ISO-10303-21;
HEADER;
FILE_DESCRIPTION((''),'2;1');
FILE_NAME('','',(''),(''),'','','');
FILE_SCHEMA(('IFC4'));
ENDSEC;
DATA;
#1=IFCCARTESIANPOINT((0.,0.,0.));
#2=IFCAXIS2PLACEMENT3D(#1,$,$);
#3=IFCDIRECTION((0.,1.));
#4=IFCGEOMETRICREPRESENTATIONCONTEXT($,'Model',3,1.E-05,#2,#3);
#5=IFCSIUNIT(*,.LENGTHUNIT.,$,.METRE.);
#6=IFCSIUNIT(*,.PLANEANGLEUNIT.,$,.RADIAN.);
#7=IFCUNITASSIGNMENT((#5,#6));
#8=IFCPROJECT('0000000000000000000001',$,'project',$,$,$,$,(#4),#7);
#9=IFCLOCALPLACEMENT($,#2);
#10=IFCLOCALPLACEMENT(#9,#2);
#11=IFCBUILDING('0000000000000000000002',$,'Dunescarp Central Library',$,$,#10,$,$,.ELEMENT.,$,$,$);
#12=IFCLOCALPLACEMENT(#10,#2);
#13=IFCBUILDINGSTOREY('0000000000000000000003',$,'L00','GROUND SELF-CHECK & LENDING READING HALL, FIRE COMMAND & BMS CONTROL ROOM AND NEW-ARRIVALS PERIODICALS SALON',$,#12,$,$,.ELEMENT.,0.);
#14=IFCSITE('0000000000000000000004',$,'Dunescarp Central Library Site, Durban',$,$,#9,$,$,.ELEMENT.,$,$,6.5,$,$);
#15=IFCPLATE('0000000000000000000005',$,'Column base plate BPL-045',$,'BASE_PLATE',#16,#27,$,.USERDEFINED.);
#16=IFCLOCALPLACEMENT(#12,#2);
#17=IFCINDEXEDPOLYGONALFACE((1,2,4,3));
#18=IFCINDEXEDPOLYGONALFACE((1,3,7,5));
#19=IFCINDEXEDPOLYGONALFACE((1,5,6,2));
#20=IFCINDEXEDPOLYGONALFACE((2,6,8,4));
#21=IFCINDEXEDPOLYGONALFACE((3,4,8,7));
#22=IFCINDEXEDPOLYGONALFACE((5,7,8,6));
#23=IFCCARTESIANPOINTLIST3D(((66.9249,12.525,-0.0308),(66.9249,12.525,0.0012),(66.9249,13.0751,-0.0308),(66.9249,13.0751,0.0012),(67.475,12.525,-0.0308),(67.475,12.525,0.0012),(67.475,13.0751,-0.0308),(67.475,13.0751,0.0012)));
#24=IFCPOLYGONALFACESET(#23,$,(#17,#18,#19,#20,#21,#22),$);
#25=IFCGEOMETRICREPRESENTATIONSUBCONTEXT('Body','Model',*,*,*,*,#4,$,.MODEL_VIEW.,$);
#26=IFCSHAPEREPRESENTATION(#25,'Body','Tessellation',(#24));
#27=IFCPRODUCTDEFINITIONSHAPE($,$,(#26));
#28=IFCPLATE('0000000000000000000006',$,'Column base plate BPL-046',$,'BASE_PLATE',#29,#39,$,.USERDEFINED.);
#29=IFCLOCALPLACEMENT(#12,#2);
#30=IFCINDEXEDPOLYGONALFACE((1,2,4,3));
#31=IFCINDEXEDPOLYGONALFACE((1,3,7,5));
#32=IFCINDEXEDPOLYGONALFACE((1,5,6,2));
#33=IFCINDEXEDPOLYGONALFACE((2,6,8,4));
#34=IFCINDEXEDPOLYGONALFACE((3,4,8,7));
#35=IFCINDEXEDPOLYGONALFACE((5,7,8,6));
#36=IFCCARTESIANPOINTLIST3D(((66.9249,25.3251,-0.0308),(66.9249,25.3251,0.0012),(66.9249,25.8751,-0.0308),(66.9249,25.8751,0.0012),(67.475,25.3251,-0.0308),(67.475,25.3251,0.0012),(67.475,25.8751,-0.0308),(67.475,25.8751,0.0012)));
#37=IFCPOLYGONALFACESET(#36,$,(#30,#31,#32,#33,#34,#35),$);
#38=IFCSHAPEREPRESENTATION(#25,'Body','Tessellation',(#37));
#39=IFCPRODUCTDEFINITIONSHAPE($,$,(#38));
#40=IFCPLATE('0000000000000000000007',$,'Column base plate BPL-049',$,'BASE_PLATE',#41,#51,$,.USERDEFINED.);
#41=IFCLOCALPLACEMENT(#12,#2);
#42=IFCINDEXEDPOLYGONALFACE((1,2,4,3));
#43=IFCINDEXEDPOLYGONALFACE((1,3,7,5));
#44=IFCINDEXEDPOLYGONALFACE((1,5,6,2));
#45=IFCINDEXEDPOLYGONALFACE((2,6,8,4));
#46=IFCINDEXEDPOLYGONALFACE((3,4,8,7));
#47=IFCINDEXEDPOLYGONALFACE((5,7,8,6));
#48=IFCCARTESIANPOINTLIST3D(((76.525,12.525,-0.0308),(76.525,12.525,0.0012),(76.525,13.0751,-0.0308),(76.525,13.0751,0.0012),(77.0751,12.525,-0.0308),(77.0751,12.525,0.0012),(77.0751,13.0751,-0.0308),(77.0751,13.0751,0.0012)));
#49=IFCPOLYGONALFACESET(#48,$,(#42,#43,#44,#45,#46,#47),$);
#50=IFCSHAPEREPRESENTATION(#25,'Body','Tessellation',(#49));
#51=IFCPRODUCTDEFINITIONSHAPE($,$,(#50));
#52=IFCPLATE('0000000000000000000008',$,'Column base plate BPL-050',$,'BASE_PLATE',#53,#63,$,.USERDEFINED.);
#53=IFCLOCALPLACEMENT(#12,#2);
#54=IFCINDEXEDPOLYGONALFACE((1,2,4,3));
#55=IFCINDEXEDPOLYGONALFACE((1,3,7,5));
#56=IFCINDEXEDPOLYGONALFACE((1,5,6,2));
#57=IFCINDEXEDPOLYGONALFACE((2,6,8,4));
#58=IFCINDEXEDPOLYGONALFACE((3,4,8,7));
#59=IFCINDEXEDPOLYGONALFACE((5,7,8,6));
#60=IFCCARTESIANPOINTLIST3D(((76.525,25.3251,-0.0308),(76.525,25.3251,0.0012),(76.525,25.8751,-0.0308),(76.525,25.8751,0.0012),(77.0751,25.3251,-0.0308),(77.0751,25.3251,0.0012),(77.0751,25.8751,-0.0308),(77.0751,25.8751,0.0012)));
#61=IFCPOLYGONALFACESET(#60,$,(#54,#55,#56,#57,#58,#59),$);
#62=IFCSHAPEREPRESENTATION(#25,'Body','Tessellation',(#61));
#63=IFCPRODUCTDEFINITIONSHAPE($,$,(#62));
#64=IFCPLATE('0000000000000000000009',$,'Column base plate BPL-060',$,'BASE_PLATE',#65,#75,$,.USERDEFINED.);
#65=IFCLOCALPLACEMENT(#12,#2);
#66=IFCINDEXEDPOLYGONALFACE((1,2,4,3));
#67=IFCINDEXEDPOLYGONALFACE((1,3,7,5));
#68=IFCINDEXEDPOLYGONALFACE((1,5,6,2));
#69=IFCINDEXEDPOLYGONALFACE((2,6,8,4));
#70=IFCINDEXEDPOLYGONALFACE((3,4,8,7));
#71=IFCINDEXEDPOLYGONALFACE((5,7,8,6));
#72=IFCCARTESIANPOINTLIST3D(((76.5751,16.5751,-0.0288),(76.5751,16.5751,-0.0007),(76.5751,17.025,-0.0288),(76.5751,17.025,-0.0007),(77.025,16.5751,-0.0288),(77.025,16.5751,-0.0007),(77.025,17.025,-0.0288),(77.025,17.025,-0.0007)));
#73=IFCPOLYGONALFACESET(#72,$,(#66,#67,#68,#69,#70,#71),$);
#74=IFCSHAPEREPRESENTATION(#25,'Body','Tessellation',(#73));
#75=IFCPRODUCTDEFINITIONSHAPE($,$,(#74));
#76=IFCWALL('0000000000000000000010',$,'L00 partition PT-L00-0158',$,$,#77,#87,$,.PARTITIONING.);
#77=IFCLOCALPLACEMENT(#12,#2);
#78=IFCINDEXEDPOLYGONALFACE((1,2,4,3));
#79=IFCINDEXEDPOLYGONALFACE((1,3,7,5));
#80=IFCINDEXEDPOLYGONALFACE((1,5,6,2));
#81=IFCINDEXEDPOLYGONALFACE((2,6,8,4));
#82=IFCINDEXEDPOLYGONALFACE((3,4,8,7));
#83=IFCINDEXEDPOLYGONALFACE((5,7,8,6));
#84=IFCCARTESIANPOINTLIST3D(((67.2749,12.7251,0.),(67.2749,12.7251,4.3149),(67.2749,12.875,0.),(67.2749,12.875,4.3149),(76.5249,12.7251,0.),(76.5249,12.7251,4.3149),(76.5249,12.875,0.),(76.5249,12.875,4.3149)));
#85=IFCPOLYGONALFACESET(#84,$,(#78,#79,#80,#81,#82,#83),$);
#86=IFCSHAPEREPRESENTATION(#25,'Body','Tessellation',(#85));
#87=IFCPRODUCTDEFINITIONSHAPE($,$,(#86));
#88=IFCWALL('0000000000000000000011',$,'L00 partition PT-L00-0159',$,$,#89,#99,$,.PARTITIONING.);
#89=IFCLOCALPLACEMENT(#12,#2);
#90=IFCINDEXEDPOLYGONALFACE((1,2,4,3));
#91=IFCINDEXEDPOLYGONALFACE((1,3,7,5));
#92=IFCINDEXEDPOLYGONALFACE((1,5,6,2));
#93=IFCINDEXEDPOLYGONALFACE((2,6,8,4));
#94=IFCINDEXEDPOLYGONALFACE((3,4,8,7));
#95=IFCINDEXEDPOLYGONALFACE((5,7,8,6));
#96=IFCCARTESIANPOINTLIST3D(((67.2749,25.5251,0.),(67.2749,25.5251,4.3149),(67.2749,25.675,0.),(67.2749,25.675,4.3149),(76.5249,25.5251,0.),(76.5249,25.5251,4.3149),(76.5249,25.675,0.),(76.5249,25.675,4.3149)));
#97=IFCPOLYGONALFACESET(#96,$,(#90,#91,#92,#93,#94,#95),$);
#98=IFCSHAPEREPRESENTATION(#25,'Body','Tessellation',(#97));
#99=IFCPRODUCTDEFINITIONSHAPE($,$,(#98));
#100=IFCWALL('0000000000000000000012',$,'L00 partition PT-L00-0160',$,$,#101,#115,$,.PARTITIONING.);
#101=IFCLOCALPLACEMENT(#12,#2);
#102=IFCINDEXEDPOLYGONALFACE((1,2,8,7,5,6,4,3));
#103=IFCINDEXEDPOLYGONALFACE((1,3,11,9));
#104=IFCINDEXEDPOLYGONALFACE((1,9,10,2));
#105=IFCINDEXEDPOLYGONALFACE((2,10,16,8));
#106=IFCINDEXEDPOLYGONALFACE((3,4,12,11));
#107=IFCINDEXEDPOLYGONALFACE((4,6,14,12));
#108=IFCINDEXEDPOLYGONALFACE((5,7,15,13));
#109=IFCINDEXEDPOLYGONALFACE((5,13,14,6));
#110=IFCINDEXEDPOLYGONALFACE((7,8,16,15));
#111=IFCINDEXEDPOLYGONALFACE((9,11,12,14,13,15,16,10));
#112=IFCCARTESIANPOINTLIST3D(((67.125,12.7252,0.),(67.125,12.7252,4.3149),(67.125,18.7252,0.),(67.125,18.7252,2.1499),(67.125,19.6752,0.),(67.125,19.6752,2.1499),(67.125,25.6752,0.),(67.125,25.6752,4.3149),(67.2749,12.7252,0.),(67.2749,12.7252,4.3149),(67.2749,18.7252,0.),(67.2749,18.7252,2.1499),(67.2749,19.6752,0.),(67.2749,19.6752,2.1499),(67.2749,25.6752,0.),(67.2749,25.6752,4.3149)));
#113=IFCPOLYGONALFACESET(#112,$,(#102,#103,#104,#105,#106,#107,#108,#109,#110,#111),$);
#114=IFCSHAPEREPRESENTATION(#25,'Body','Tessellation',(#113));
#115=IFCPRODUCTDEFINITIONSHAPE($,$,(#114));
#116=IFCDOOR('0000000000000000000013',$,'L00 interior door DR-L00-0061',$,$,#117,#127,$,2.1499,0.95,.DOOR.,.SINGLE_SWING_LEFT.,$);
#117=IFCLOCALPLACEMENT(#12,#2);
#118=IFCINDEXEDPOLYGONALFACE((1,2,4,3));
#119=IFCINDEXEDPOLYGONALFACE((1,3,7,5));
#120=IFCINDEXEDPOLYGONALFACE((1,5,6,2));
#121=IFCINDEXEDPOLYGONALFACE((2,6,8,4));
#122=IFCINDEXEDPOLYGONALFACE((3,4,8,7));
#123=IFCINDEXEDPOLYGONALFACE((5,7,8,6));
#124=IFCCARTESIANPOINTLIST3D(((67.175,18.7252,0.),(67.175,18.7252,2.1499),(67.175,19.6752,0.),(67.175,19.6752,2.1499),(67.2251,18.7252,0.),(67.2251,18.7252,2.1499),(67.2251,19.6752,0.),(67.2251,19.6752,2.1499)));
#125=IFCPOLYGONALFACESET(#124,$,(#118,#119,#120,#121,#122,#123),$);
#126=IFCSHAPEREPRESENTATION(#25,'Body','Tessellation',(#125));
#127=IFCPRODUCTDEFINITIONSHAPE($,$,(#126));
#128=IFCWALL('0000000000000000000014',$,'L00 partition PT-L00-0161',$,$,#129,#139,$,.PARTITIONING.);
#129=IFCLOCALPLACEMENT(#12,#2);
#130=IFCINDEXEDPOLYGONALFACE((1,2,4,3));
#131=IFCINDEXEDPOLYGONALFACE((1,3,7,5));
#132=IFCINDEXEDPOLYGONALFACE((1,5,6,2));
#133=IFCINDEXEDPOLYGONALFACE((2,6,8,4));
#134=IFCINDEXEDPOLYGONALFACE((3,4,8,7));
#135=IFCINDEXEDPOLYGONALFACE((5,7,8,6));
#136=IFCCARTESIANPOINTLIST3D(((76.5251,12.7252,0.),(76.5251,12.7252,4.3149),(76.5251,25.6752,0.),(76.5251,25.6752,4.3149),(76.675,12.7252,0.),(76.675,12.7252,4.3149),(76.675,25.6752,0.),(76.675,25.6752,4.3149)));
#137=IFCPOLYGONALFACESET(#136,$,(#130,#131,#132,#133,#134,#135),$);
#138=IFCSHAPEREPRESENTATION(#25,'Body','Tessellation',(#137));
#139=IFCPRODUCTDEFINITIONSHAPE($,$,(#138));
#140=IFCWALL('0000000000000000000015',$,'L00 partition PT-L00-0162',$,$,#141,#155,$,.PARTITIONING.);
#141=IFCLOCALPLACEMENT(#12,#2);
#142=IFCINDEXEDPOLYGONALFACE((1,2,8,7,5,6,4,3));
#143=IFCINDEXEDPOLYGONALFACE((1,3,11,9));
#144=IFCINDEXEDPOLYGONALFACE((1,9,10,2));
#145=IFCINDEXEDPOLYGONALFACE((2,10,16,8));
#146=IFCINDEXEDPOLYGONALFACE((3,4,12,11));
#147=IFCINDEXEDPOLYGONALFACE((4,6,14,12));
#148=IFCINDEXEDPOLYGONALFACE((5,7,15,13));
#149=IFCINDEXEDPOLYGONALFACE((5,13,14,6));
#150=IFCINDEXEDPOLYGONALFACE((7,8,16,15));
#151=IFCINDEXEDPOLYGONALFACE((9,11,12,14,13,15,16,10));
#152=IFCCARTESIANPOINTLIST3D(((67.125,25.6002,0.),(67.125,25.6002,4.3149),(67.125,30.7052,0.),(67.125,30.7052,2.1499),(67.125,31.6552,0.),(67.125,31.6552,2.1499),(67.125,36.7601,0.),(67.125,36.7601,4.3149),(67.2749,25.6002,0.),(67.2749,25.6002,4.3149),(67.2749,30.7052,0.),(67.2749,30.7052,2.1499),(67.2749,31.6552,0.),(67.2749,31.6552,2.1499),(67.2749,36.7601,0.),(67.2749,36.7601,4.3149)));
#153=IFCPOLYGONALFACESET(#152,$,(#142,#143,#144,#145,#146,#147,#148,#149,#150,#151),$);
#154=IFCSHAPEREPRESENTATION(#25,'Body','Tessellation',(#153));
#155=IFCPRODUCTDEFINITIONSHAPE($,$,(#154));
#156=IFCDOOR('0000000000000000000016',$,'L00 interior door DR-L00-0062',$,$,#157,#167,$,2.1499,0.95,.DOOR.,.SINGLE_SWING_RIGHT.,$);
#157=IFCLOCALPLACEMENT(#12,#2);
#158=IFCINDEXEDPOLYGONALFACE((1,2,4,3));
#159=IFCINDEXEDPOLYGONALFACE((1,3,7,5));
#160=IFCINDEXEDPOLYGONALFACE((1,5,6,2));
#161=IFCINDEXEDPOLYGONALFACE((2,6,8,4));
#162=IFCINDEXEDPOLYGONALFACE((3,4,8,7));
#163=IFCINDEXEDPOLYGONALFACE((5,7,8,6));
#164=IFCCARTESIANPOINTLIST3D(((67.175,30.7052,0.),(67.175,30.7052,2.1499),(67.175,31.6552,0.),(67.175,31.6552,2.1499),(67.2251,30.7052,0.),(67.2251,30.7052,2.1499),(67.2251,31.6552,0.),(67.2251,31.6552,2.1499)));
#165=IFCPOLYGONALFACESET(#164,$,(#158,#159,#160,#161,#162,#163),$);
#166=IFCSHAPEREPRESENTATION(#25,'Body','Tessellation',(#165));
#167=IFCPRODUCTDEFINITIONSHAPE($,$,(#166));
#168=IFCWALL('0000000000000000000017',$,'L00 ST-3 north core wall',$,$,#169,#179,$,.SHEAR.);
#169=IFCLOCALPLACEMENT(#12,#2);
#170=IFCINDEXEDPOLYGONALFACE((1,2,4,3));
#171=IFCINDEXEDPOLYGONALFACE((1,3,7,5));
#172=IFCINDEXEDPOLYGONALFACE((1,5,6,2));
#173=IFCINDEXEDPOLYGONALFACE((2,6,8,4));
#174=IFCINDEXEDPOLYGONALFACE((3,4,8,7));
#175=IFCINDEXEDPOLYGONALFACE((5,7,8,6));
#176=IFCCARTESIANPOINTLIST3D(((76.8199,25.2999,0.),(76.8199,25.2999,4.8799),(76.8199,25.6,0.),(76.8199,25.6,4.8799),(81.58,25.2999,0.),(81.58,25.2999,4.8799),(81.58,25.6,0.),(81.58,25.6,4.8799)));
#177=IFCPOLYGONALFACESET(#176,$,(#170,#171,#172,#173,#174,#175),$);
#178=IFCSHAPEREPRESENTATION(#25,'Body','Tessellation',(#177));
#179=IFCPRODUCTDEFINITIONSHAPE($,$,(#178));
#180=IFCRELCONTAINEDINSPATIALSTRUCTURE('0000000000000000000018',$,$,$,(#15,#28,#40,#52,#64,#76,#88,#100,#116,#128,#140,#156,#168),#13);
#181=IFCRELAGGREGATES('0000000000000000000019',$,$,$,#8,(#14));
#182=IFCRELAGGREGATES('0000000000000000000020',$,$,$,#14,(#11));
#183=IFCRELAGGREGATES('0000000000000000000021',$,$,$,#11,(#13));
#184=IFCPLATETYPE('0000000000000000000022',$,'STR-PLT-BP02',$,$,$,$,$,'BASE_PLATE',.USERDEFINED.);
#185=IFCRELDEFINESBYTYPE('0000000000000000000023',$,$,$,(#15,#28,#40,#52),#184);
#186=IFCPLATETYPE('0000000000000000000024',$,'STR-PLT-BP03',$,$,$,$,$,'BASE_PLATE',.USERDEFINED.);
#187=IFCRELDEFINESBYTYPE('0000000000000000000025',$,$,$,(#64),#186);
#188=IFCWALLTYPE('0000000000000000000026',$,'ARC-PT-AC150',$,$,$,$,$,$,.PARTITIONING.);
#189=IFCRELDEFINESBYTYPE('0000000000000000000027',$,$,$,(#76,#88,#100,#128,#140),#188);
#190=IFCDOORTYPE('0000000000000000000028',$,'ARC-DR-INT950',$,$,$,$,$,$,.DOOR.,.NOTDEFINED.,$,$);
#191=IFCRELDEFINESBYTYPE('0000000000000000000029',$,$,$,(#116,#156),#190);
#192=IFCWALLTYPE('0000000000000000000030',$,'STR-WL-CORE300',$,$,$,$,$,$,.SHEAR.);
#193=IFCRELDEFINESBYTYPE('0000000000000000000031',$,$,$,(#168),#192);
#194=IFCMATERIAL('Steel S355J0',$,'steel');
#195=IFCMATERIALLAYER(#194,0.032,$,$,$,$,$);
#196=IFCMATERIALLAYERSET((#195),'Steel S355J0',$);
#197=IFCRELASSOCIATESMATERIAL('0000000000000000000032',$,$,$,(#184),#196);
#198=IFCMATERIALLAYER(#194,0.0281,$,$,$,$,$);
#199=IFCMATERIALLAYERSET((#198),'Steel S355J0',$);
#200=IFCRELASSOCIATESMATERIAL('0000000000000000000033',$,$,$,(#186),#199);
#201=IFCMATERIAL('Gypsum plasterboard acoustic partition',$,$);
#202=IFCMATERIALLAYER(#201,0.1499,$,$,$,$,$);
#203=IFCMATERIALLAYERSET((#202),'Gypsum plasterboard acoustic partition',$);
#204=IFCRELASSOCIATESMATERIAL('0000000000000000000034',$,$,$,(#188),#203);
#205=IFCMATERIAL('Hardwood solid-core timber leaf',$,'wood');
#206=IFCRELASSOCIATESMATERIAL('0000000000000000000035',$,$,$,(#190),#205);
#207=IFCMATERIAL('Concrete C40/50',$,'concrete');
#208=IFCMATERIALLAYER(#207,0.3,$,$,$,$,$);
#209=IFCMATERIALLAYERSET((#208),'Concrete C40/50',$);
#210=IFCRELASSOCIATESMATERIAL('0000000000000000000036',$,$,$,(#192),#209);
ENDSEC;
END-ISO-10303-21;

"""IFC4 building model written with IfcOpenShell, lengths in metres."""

from ifc_helpers import new_model, si_unit, direction, frame, frame_2d, origin, origin_2d, place, context, subcontext, project, spatial, rectangle, extrude, material, layer, layer_set, type_object, element, fill, save


model = new_model("IFC4")

# Units and contexts
model_context = context("Model", 3, precision=1e-05, world=origin(), true_north=direction((0.0, 1.0)))
body_context = subcontext(model_context, "Body", "Model", "MODEL_VIEW")
ifc_project = project(units=[si_unit("LENGTHUNIT", "METRE"), si_unit("PLANEANGLEUNIT", "RADIAN")], contexts=[model_context])

# Site, building, storey
site_placement = place(None, origin())
site = spatial("IfcSite", under=ifc_project, at=site_placement, Name="Dunescarp Central Library Site, Durban", CompositionType="ELEMENT", RefElevation=6.5)
building_placement = place(site_placement, origin())
building = spatial("IfcBuilding", under=site, at=building_placement, Name="Dunescarp Central Library", CompositionType="ELEMENT")
storey_placement = place(building_placement, origin())
storey = spatial("IfcBuildingStorey", under=building, at=storey_placement, Name="L00", Description="GROUND SELF-CHECK & LENDING READING HALL, FIRE COMMAND & BMS CONTROL ROOM AND NEW-ARRIVALS PERIODICALS SALON", CompositionType="ELEMENT", Elevation=0.0)

# Shared definitions
ifc_material_1 = material(Name="Concrete C40/50", Category="concrete")

# Plates
ifc_material_2 = material(Name="Steel S355J0", Category="steel")
ifc_layer_1 = layer(ifc_material_2, 0.032)
ifc_layer_set_1 = layer_set([ifc_layer_1], Name="Steel S355J0")
plate_type_1 = type_object("IfcPlateType", Name="STR-PLT-BP02", ElementType="BASE_PLATE", PredefinedType="USERDEFINED", material=ifc_layer_set_1)
for number, where, z_axis, x_axis, name in (
    (1, (67.2, 12.8, -0.0308), (0.0, 0.0, 1.0), (1.0, 0.0, 0.0), "Column base plate BPL-045"),
    (2, (67.2, 25.6001, -0.0308), (0.0, 0.0, 1.0), (1.0, 0.0, 0.0), "Column base plate BPL-046"),
    (3, (76.8, 12.8, -0.0308), (0.0, 0.0, 1.0), (1.0, 0.0, 0.0), "Column base plate BPL-049"),
    (4, (76.8, 25.6001, -0.0308), (0.0, 0.0, 1.0), (1.0, 0.0, 0.0), "Column base plate BPL-050"),
):
    element("IfcPlate", number, at=place(storey_placement, frame(where, z_axis=z_axis, x_axis=x_axis)), inside=storey, type_object=plate_type_1, Name=name, ObjectType="BASE_PLATE", PredefinedType="USERDEFINED", context=body_context, shape_type="SweptSolid", body=[
        extrude(rectangle(XDim=0.55, YDim=0.55, at=origin_2d()), origin(), (0.0, 0.0, 1.0), 0.032),
    ])
ifc_layer_2 = layer(ifc_material_2, 0.0281)
ifc_layer_set_2 = layer_set([ifc_layer_2], Name="Steel S355J0")
plate_type_2 = type_object("IfcPlateType", Name="STR-PLT-BP03", ElementType="BASE_PLATE", PredefinedType="USERDEFINED", material=ifc_layer_set_2)
plate_placement = place(storey_placement, frame((76.8, 16.8, -0.0288), z_axis=(0.0, 0.0, 1.0), x_axis=(1.0, 0.0, 0.0)))
element("IfcPlate", 5, at=plate_placement, inside=storey, type_object=plate_type_2, Name="Column base plate BPL-060", ObjectType="BASE_PLATE", PredefinedType="USERDEFINED", context=body_context, shape_type="SweptSolid", body=[
    extrude(rectangle(XDim=0.45, YDim=0.45, at=origin_2d()), origin(), (0.0, 0.0, 1.0), 0.0281),
])

# Walls
ifc_material_3 = material(Name="Gypsum plasterboard acoustic partition")
ifc_layer_3 = layer(ifc_material_3, 0.1499)
ifc_layer_set_3 = layer_set([ifc_layer_3], Name="Gypsum plasterboard acoustic partition")
wall_type_1 = type_object("IfcWallType", Name="ARC-PT-AC150", PredefinedType="PARTITIONING", material=ifc_layer_set_3)
for number, where, z_axis, x_axis, name in (
    (6, (67.2749, 12.8, 0.0), (0.0, 0.0, 1.0), (1.0, 0.0, 0.0), "L00 partition PT-L00-0158"),
    (7, (67.2749, 25.6001, 0.0), (0.0, 0.0, 1.0), (1.0, 0.0, 0.0), "L00 partition PT-L00-0159"),
):
    element("IfcWall", number, at=place(storey_placement, frame(where, z_axis=z_axis, x_axis=x_axis)), inside=storey, type_object=wall_type_1, Name=name, PredefinedType="PARTITIONING", context=body_context, shape_type="SweptSolid", body=[
        extrude(rectangle(XDim=9.25, YDim=0.1499, at=frame_2d((4.625, 0.0))), origin(), (0.0, 0.0, 1.0), 4.3149),
    ])

# Wall, opening, door
wall_1_placement = place(storey_placement, frame((67.2, 12.7251, 0.0), z_axis=(0.0, 0.0, 1.0), x_axis=(0.0, 1.0, 0.0)))
wall_1 = element("IfcWall", 8, at=wall_1_placement, inside=storey, type_object=wall_type_1, Name="L00 partition PT-L00-0160", PredefinedType="PARTITIONING", context=body_context, shape_type="SweptSolid", body=[
    extrude(rectangle(XDim=12.95, YDim=0.1499, at=frame_2d((6.4751, 0.0))), origin(), (0.0, 0.0, 1.0), 4.3149),
])
opening_1_placement = place(wall_1_placement, frame((6.0, 0.0, 0.0)))
opening_1 = element("IfcOpeningElement", 9, at=opening_1_placement, cuts=wall_1, PredefinedType="OPENING", context=body_context, shape_type="SweptSolid", body=[
    extrude(rectangle(XDim=0.95, YDim=2.1499, at=frame_2d((0.4751, 1.075))), frame((0.0, 0.085, 0.0), z_axis=(0.0, -1.0, 0.0), x_axis=(1.0, 0.0, 0.0)), (0.0, 0.0, 1.0), 0.1699),
])
ifc_material_4 = material(Name="Hardwood solid-core timber leaf", Category="wood")
door_type = type_object("IfcDoorType", Name="ARC-DR-INT950", OperationType="NOTDEFINED", PredefinedType="DOOR", material=ifc_material_4)
door_1_placement = place(opening_1_placement, origin())
door_1 = element("IfcDoor", 10, at=door_1_placement, inside=storey, type_object=door_type, Name="L00 interior door DR-L00-0061", OperationType="SINGLE_SWING_LEFT", OverallHeight=2.1499, OverallWidth=0.95, PredefinedType="DOOR", context=body_context, shape_type="SweptSolid", body=[
    extrude(rectangle(XDim=0.95, YDim=2.1499, at=frame_2d((0.4751, 1.075))), frame((0.0, 0.0249, 0.0), z_axis=(0.0, -1.0, 0.0), x_axis=(1.0, 0.0, 0.0)), (0.0, 0.0, 1.0), 0.05),
])
fill(opening_1, door_1)

# Wall
wall_2_placement = place(storey_placement, frame((76.6001, 12.7251, 0.0), z_axis=(0.0, 0.0, 1.0), x_axis=(0.0, 1.0, 0.0)))
element("IfcWall", 11, at=wall_2_placement, inside=storey, type_object=wall_type_1, Name="L00 partition PT-L00-0161", PredefinedType="PARTITIONING", context=body_context, shape_type="SweptSolid", body=[
    extrude(rectangle(XDim=12.95, YDim=0.1499, at=frame_2d((6.4751, 0.0))), origin(), (0.0, 0.0, 1.0), 4.3149),
])

# Wall, opening, door
wall_3_placement = place(storey_placement, frame((67.2, 25.6001, 0.0), z_axis=(0.0, 0.0, 1.0), x_axis=(0.0, 1.0, 0.0)))
wall_3 = element("IfcWall", 12, at=wall_3_placement, inside=storey, type_object=wall_type_1, Name="L00 partition PT-L00-0162", PredefinedType="PARTITIONING", context=body_context, shape_type="SweptSolid", body=[
    extrude(rectangle(XDim=11.1599, YDim=0.1499, at=frame_2d((5.5801, 0.0))), origin(), (0.0, 0.0, 1.0), 4.3149),
])
opening_2_placement = place(wall_3_placement, frame((5.105, 0.0, 0.0)))
opening_2 = element("IfcOpeningElement", 13, at=opening_2_placement, cuts=wall_3, PredefinedType="OPENING", context=body_context, shape_type="SweptSolid", body=[
    extrude(rectangle(XDim=0.95, YDim=2.1499, at=frame_2d((0.4751, 1.075))), frame((0.0, 0.085, 0.0), z_axis=(0.0, -1.0, 0.0), x_axis=(1.0, 0.0, 0.0)), (0.0, 0.0, 1.0), 0.1699),
])
door_2_placement = place(opening_2_placement, origin())
door_2 = element("IfcDoor", 14, at=door_2_placement, inside=storey, type_object=door_type, Name="L00 interior door DR-L00-0062", OperationType="SINGLE_SWING_RIGHT", OverallHeight=2.1499, OverallWidth=0.95, PredefinedType="DOOR", context=body_context, shape_type="SweptSolid", body=[
    extrude(rectangle(XDim=0.95, YDim=2.1499, at=frame_2d((0.4751, 1.075))), frame((0.0, 0.0249, 0.0), z_axis=(0.0, -1.0, 0.0), x_axis=(1.0, 0.0, 0.0)), (0.0, 0.0, 1.0), 0.05),
])
fill(opening_2, door_2)

# Wall
ifc_layer_4 = layer(ifc_material_1, 0.3)
ifc_layer_set_4 = layer_set([ifc_layer_4], Name="Concrete C40/50")
wall_type_2 = type_object("IfcWallType", Name="STR-WL-CORE300", PredefinedType="SHEAR", material=ifc_layer_set_4)
wall_4_placement = place(storey_placement, frame((76.8201, 25.45, 0.0), z_axis=(0.0, 0.0, 1.0), x_axis=(1.0, 0.0, 0.0)))
element("IfcWall", 15, at=wall_4_placement, inside=storey, type_object=wall_type_2, Name="L00 ST-3 north core wall", PredefinedType="SHEAR", context=body_context, shape_type="SweptSolid", body=[
    extrude(rectangle(XDim=4.76, YDim=0.3, at=frame_2d((2.3799, 0.0))), origin(), (0.0, 0.0, 1.0), 4.8799),
])

save(model, "model.ifc")
